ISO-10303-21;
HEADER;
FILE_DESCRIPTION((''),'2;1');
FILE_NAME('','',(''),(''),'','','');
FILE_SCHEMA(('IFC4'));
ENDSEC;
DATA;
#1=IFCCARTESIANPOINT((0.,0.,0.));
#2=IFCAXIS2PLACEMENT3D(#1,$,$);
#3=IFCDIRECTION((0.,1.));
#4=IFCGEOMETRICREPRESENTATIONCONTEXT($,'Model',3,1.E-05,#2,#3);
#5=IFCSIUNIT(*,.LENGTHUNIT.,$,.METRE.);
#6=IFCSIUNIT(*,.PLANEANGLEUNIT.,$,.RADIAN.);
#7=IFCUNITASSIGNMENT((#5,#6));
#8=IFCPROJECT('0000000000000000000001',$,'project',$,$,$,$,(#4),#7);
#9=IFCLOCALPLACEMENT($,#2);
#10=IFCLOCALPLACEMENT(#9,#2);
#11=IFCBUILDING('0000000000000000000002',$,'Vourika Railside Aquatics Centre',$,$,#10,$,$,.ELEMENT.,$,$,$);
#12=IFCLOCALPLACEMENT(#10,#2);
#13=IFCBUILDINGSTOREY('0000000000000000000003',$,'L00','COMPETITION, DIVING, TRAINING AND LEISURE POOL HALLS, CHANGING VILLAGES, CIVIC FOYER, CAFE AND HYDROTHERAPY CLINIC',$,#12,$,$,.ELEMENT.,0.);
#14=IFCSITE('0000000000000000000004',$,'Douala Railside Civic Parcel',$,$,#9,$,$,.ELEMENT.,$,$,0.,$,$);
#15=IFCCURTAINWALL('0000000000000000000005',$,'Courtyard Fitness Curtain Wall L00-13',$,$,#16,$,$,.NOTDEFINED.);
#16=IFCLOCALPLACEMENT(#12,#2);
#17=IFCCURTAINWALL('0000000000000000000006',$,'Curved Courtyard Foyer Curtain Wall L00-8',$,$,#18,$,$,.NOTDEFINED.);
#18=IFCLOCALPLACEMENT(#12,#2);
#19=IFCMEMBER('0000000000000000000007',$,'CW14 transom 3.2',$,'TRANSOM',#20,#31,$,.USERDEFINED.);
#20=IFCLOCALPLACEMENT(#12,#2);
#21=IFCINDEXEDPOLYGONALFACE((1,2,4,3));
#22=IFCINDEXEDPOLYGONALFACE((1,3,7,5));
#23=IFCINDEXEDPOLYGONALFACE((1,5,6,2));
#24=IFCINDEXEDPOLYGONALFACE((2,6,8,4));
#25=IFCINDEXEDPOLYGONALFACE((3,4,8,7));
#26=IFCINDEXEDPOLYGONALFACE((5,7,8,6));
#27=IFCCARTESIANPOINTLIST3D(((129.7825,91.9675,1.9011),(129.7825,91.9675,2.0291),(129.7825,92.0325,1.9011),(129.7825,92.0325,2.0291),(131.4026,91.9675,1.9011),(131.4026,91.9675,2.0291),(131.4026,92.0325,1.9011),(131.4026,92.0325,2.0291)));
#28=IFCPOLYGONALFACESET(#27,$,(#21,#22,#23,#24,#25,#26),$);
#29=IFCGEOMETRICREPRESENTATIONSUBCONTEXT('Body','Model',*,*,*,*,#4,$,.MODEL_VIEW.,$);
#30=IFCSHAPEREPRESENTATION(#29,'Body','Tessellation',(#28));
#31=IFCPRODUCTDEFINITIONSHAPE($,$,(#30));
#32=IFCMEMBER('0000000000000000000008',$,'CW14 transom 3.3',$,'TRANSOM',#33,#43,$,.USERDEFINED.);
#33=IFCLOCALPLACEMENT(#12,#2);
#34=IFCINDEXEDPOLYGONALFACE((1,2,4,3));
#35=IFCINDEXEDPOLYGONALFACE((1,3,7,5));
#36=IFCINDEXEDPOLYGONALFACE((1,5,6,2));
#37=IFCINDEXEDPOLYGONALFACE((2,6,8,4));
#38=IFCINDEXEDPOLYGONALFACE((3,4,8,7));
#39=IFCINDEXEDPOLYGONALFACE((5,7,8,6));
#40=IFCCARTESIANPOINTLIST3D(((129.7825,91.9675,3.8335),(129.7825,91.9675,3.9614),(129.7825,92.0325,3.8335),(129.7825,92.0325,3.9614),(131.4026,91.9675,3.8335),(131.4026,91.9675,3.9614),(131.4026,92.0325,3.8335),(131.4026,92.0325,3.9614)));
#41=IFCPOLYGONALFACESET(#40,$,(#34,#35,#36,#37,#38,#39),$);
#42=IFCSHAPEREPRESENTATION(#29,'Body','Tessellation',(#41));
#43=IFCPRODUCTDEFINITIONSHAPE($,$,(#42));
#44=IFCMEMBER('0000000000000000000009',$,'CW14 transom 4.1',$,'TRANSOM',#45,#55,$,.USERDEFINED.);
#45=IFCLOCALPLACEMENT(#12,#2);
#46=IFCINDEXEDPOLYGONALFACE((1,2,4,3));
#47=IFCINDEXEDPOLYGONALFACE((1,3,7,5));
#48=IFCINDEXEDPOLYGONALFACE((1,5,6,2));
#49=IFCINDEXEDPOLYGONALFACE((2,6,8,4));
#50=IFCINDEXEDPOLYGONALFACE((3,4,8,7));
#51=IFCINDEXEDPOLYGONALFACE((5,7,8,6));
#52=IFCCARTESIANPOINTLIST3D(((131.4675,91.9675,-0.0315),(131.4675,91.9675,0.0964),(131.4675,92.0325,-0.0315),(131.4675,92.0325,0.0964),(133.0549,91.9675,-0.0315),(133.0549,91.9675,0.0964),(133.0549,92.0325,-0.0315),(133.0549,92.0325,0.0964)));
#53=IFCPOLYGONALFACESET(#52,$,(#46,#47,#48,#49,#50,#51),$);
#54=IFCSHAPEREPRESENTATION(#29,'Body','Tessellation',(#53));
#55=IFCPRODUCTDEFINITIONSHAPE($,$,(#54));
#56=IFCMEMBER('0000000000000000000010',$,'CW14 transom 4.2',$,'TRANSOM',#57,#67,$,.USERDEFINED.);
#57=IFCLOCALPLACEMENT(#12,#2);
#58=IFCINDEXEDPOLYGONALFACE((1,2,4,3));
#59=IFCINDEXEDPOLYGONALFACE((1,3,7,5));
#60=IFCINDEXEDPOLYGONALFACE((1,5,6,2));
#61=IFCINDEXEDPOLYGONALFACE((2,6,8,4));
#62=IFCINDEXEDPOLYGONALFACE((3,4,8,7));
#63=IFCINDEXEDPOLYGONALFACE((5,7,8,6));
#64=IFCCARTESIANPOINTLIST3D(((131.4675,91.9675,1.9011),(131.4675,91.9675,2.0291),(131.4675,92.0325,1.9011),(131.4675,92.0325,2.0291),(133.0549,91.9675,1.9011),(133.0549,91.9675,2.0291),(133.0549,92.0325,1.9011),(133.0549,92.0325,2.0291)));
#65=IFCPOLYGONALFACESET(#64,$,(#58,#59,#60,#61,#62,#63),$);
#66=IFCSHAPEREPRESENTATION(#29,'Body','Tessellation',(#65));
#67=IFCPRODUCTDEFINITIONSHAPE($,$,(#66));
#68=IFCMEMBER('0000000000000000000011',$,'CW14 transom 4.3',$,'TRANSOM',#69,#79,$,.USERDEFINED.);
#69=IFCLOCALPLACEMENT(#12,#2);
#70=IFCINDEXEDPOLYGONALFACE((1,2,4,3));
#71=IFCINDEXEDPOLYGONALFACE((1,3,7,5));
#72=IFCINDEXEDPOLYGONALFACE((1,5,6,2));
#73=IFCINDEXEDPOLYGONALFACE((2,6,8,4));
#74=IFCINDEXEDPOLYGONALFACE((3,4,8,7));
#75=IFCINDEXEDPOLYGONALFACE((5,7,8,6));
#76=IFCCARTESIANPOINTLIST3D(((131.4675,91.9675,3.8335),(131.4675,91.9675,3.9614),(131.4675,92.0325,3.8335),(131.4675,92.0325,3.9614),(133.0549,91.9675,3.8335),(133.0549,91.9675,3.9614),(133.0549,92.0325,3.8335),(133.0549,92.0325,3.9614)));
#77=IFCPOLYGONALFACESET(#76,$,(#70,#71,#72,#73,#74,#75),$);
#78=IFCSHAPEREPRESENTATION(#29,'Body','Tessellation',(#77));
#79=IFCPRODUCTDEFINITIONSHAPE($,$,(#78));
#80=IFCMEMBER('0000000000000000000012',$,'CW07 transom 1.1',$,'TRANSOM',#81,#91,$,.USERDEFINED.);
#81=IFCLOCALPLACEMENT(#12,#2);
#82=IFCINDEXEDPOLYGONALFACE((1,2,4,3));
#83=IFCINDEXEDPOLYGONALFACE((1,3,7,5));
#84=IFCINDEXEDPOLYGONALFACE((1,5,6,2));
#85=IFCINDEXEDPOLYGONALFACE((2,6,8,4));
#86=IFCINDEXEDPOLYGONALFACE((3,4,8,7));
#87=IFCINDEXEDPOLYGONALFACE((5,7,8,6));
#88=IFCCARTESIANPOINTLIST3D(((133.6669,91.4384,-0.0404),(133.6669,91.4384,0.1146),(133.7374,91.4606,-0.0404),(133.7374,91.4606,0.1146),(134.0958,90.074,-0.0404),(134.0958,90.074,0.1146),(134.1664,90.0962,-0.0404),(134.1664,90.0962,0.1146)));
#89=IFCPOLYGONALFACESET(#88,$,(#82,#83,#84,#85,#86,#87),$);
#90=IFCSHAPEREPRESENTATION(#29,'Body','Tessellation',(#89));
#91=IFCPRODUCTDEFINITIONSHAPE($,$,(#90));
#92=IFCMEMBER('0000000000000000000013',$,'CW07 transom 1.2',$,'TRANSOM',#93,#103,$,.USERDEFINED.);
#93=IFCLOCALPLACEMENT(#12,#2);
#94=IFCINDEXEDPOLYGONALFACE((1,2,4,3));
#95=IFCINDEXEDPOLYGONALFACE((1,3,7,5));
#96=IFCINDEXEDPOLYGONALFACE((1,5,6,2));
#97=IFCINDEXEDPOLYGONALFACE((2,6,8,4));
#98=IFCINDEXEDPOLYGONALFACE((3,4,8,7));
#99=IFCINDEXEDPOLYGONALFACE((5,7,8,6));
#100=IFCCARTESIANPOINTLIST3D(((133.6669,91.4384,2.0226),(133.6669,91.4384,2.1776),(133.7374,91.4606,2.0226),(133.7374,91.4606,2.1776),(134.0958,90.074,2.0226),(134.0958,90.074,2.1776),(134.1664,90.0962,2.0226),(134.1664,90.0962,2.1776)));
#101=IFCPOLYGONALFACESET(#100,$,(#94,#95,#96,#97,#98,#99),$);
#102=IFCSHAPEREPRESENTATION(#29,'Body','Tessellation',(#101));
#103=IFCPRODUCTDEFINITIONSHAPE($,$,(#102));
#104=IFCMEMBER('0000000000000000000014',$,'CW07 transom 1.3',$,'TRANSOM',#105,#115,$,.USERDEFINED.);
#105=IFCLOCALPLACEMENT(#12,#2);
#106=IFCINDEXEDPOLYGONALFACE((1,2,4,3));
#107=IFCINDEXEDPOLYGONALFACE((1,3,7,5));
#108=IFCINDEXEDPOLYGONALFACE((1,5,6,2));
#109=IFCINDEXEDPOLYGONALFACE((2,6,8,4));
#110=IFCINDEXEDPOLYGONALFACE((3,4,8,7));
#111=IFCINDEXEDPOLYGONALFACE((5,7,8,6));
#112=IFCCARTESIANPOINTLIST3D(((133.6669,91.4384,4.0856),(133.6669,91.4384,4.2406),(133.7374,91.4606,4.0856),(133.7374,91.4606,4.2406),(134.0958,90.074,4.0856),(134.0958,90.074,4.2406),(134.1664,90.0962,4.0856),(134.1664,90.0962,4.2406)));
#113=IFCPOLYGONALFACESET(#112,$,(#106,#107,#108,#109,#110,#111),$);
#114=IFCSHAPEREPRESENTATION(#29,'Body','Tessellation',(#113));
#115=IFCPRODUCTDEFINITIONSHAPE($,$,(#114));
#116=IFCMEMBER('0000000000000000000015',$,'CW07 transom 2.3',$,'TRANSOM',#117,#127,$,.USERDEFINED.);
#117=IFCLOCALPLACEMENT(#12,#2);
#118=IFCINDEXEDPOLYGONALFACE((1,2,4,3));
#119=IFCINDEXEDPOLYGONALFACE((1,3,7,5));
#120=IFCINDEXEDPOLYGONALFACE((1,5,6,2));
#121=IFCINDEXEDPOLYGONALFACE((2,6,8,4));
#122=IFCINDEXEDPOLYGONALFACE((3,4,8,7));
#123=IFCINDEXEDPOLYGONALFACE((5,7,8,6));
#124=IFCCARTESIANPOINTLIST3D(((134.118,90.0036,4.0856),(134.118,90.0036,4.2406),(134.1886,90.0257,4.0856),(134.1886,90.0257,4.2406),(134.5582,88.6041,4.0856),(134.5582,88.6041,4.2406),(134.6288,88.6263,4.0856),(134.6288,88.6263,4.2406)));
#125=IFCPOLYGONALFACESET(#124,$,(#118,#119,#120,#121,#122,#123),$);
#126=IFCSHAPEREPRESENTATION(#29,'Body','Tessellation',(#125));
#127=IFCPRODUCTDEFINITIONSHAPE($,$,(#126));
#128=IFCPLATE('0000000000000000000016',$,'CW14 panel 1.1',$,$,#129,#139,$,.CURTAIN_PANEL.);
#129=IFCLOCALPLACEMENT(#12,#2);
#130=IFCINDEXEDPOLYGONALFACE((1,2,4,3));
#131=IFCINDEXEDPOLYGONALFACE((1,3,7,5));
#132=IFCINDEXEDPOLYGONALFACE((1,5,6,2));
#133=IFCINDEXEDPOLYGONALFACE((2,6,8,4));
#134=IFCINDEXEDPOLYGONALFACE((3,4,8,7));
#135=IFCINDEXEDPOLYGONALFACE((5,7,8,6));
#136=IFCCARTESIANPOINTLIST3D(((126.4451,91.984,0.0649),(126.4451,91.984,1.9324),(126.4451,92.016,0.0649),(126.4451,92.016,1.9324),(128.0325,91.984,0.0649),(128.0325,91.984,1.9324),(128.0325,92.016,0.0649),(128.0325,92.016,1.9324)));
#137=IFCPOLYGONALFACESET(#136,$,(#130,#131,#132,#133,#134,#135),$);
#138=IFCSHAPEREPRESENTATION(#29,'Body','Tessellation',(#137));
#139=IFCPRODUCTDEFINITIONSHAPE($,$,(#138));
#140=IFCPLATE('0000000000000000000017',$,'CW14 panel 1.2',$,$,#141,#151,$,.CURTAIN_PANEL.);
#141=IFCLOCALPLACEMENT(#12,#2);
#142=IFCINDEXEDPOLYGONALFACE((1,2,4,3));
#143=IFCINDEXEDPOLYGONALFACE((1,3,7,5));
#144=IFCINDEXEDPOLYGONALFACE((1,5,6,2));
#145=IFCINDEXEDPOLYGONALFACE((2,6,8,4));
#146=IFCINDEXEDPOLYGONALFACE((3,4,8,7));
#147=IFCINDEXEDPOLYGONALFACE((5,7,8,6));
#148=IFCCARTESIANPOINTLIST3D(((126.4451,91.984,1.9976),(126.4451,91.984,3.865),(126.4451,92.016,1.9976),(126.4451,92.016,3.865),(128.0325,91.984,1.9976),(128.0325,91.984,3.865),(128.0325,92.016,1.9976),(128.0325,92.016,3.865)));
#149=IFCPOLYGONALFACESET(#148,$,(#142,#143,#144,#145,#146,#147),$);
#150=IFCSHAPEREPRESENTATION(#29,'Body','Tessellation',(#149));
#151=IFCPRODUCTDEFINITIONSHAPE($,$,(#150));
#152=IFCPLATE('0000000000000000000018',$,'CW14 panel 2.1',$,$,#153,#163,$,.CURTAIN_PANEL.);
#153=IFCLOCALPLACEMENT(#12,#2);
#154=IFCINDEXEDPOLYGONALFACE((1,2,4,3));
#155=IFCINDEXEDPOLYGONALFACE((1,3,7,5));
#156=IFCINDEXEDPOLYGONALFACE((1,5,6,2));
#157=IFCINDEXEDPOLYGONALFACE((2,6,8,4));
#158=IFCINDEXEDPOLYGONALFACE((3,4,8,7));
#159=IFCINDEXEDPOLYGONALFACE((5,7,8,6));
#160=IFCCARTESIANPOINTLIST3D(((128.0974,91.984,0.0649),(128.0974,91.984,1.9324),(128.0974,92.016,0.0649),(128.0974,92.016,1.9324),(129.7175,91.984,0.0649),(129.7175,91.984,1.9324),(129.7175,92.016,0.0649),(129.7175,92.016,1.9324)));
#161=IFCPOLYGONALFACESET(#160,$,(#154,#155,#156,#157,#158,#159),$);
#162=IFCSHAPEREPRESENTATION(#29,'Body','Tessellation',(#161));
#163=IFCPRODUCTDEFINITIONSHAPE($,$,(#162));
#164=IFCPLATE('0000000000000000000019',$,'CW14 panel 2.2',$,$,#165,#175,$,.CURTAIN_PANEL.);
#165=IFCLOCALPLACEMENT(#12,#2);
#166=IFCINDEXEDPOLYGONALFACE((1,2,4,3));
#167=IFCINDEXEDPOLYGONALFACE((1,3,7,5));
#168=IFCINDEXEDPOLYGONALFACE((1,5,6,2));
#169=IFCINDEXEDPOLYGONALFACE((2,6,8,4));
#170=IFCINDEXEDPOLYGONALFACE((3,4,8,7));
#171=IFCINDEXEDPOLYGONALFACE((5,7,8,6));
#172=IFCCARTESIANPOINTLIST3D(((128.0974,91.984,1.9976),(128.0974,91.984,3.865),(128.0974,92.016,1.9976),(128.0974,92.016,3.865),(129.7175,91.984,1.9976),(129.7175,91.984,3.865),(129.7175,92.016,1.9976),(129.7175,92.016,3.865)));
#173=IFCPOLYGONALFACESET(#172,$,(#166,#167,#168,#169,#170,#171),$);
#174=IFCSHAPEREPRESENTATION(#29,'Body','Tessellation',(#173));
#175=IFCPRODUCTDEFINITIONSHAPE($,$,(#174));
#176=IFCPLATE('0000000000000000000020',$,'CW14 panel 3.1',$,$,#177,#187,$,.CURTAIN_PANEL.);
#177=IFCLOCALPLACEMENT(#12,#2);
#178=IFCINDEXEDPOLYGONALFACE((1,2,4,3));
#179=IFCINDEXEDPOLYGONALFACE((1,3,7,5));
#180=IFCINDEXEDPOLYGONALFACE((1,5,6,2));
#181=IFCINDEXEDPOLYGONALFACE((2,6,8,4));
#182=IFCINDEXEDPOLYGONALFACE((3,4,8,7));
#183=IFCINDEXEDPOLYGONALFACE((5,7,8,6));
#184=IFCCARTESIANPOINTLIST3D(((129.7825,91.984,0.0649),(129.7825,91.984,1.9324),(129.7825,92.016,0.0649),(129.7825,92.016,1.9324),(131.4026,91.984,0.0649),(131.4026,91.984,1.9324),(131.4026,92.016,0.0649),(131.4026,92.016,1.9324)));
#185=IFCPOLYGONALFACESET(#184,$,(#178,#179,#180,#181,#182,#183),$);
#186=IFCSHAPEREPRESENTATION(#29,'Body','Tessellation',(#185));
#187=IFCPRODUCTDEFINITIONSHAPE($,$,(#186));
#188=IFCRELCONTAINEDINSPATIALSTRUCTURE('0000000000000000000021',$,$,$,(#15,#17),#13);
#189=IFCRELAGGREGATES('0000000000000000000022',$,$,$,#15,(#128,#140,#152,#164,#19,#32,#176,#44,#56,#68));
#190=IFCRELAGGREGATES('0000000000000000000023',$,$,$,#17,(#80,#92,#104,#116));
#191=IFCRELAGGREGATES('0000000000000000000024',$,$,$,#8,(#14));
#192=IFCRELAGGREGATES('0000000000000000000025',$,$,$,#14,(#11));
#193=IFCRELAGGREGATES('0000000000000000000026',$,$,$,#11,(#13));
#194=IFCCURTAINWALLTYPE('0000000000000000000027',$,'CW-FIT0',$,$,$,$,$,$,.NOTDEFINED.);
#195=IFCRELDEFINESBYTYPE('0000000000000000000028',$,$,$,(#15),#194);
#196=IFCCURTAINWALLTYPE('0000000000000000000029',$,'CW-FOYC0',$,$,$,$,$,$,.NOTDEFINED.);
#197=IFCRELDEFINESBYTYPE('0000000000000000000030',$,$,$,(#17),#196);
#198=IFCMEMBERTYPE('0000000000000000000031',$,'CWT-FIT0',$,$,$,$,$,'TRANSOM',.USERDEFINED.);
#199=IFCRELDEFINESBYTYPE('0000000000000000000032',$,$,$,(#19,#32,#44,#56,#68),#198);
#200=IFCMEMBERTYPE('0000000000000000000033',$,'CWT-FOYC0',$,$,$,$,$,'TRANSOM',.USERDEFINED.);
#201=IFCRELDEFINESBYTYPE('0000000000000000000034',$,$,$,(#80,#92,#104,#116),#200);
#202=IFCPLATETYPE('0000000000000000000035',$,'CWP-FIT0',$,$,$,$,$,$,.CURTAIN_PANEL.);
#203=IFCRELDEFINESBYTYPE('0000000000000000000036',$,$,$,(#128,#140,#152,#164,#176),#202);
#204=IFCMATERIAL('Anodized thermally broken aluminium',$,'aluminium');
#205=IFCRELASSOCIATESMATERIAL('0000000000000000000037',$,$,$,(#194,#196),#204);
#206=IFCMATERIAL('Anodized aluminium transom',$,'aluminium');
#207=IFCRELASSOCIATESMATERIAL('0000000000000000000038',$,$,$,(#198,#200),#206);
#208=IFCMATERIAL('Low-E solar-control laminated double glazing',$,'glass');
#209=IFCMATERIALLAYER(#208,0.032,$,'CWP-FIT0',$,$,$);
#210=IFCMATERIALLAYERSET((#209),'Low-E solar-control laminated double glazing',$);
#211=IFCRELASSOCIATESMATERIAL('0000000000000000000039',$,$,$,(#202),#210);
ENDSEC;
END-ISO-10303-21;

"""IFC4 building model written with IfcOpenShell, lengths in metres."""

from ifc_helpers import new_model, si_unit, direction, frame, origin, origin_2d, place, context, subcontext, project, spatial, rectangle, extrude, material, layer, layer_set, material_profile, profile_set, type_object, element, aggregate, save


model = new_model("IFC4")

# Units and contexts
model_context = context("Model", 3, precision=1e-05, world=origin(), true_north=direction((0.0, 1.0)))
body_context = subcontext(model_context, "Body", "Model", "MODEL_VIEW")
ifc_project = project(units=[si_unit("LENGTHUNIT", "METRE"), si_unit("PLANEANGLEUNIT", "RADIAN")], contexts=[model_context])

# Site, building, storey
site_placement = place(None, origin())
site = spatial("IfcSite", under=ifc_project, at=site_placement, Name="Douala Railside Civic Parcel", CompositionType="ELEMENT", RefElevation=0.0)
building_placement = place(site_placement, origin())
building = spatial("IfcBuilding", under=site, at=building_placement, Name="Vourika Railside Aquatics Centre", CompositionType="ELEMENT")
storey_placement = place(building_placement, origin())
storey = spatial("IfcBuildingStorey", under=building, at=storey_placement, Name="L00", Description="COMPETITION, DIVING, TRAINING AND LEISURE POOL HALLS, CHANGING VILLAGES, CIVIC FOYER, CAFE AND HYDROTHERAPY CLINIC", CompositionType="ELEMENT", Elevation=0.0)

# Curtain walls
ifc_material_1 = material(Name="Anodized thermally broken aluminium", Category="aluminium")
curtain_wall_type_1 = type_object("IfcCurtainWallType", Name="CW-FIT0", PredefinedType="NOTDEFINED", material=ifc_material_1)
curtain_wall_1_placement = place(storey_placement, origin())
curtain_wall_1 = element("IfcCurtainWall", 1, at=curtain_wall_1_placement, inside=storey, type_object=curtain_wall_type_1, Name="Courtyard Fitness Curtain Wall L00-13", PredefinedType="NOTDEFINED")
curtain_wall_type_2 = type_object("IfcCurtainWallType", Name="CW-FOYC0", PredefinedType="NOTDEFINED", material=ifc_material_1)
curtain_wall_2_placement = place(storey_placement, origin())
curtain_wall_2 = element("IfcCurtainWall", 2, at=curtain_wall_2_placement, inside=storey, type_object=curtain_wall_type_2, Name="Curved Courtyard Foyer Curtain Wall L00-8", PredefinedType="NOTDEFINED")

# Members
ifc_material_2 = material(Name="Anodized aluminium transom", Category="aluminium")
ifc_material_profile_1 = material_profile(ifc_material_2, rectangle(XDim=0.0649, YDim=0.1279, at=origin_2d()), Name="ALU-T 65x128")
ifc_profile_set_1 = profile_set([ifc_material_profile_1], Name="Anodized aluminium transom")
member_type_1 = type_object("IfcMemberType", Name="CWT-FIT0", ElementType="TRANSOM", PredefinedType="USERDEFINED", material=ifc_profile_set_1)
member_1_placement = place(storey_placement, frame((129.7825, 92.0, 1.9651), z_axis=(1.0, 0.0, 0.0), x_axis=(0.0, 1.0, 0.0)))
member_1 = element("IfcMember", 3, at=member_1_placement, type_object=member_type_1, Name="CW14 transom 3.2", ObjectType="TRANSOM", PredefinedType="USERDEFINED", context=body_context, shape_type="SweptSolid", body=[
    extrude(rectangle(XDim=0.0649, YDim=0.1279, at=origin_2d()), origin(), (0.0, 0.0, 1.0), 1.6201),
])
member_2_placement = place(storey_placement, frame((129.7825, 92.0, 3.8975), z_axis=(1.0, 0.0, 0.0), x_axis=(0.0, 1.0, 0.0)))
member_2 = element("IfcMember", 4, at=member_2_placement, type_object=member_type_1, Name="CW14 transom 3.3", ObjectType="TRANSOM", PredefinedType="USERDEFINED", context=body_context, shape_type="SweptSolid", body=[
    extrude(rectangle(XDim=0.0649, YDim=0.1279, at=origin_2d()), origin(), (0.0, 0.0, 1.0), 1.6201),
])
member_3_placement = place(storey_placement, frame((131.4675, 92.0, 0.0325), z_axis=(1.0, 0.0, 0.0), x_axis=(0.0, 1.0, 0.0)))
member_3 = element("IfcMember", 5, at=member_3_placement, type_object=member_type_1, Name="CW14 transom 4.1", ObjectType="TRANSOM", PredefinedType="USERDEFINED", context=body_context, shape_type="SweptSolid", body=[
    extrude(rectangle(XDim=0.0649, YDim=0.1279, at=origin_2d()), origin(), (0.0, 0.0, 1.0), 1.5874),
])
member_4_placement = place(storey_placement, frame((131.4675, 92.0, 1.9651), z_axis=(1.0, 0.0, 0.0), x_axis=(0.0, 1.0, 0.0)))
member_4 = element("IfcMember", 6, at=member_4_placement, type_object=member_type_1, Name="CW14 transom 4.2", ObjectType="TRANSOM", PredefinedType="USERDEFINED", context=body_context, shape_type="SweptSolid", body=[
    extrude(rectangle(XDim=0.0649, YDim=0.1279, at=origin_2d()), origin(), (0.0, 0.0, 1.0), 1.5874),
])
member_5_placement = place(storey_placement, frame((131.4675, 92.0, 3.8975), z_axis=(1.0, 0.0, 0.0), x_axis=(0.0, 1.0, 0.0)))
member_5 = element("IfcMember", 7, at=member_5_placement, type_object=member_type_1, Name="CW14 transom 4.3", ObjectType="TRANSOM", PredefinedType="USERDEFINED", context=body_context, shape_type="SweptSolid", body=[
    extrude(rectangle(XDim=0.0649, YDim=0.1279, at=origin_2d()), origin(), (0.0, 0.0, 1.0), 1.5874),
])
ifc_material_profile_2 = material_profile(ifc_material_2, rectangle(XDim=0.074, YDim=0.155, at=origin_2d()), Name="ALU-T 74x155")
ifc_profile_set_2 = profile_set([ifc_material_profile_2], Name="Anodized aluminium transom")
member_type_2 = type_object("IfcMemberType", Name="CWT-FOYC0", ElementType="TRANSOM", PredefinedType="USERDEFINED", material=ifc_profile_set_2)
member_6_placement = place(storey_placement, frame((133.7021, 91.4495, 0.0371), z_axis=(0.299946, -0.953956, 0.0), x_axis=(0.953956, 0.299946, 0.0)))
member_6 = element("IfcMember", 8, at=member_6_placement, type_object=member_type_2, Name="CW07 transom 1.1", ObjectType="TRANSOM", PredefinedType="USERDEFINED", context=body_context, shape_type="SweptSolid", body=[
    extrude(rectangle(XDim=0.074, YDim=0.155, at=origin_2d()), origin(), (0.0, 0.0, 1.0), 1.4302),
])
member_7_placement = place(storey_placement, frame((133.7021, 91.4495, 2.1001), z_axis=(0.299946, -0.953956, 0.0), x_axis=(0.953956, 0.299946, 0.0)))
member_7 = element("IfcMember", 9, at=member_7_placement, type_object=member_type_2, Name="CW07 transom 1.2", ObjectType="TRANSOM", PredefinedType="USERDEFINED", context=body_context, shape_type="SweptSolid", body=[
    extrude(rectangle(XDim=0.074, YDim=0.155, at=origin_2d()), origin(), (0.0, 0.0, 1.0), 1.4302),
])
member_8_placement = place(storey_placement, frame((133.7021, 91.4495, 4.1631), z_axis=(0.299946, -0.953956, 0.0), x_axis=(0.953956, 0.299946, 0.0)))
member_8 = element("IfcMember", 10, at=member_8_placement, type_object=member_type_2, Name="CW07 transom 1.3", ObjectType="TRANSOM", PredefinedType="USERDEFINED", context=body_context, shape_type="SweptSolid", body=[
    extrude(rectangle(XDim=0.074, YDim=0.155, at=origin_2d()), origin(), (0.0, 0.0, 1.0), 1.4302),
])
member_9_placement = place(storey_placement, frame((134.1533, 90.0146, 4.1631), z_axis=(0.300056, -0.953922, 0.0), x_axis=(0.953922, 0.300056, 0.0)))
member_9 = element("IfcMember", 11, at=member_9_placement, type_object=member_type_2, Name="CW07 transom 2.3", ObjectType="TRANSOM", PredefinedType="USERDEFINED", context=body_context, shape_type="SweptSolid", body=[
    extrude(rectangle(XDim=0.074, YDim=0.155, at=origin_2d()), origin(), (0.0, 0.0, 1.0), 1.467),
])

# Plates
ifc_material_3 = material(Name="Low-E solar-control laminated double glazing", Category="glass")
ifc_layer_1 = layer(ifc_material_3, 0.032, Name="CWP-FIT0")
ifc_layer_set_1 = layer_set([ifc_layer_1], Name="Low-E solar-control laminated double glazing")
plate_type_1 = type_object("IfcPlateType", Name="CWP-FIT0", PredefinedType="CURTAIN_PANEL", material=ifc_layer_set_1)
plate_1_placement = place(storey_placement, frame((127.2388, 92.0, 0.0649), z_axis=(0.0, 0.0, 1.0), x_axis=(1.0, 0.0, 0.0)))
plate_1 = element("IfcPlate", 12, at=plate_1_placement, type_object=plate_type_1, Name="CW14 panel 1.1", PredefinedType="CURTAIN_PANEL", context=body_context, shape_type="SweptSolid", body=[
    extrude(rectangle(XDim=1.5874, YDim=0.032, at=origin_2d()), origin(), (0.0, 0.0, 1.0), 1.8674),
])
plate_2_placement = place(storey_placement, frame((127.2388, 92.0, 1.9976), z_axis=(0.0, 0.0, 1.0), x_axis=(1.0, 0.0, 0.0)))
plate_2 = element("IfcPlate", 13, at=plate_2_placement, type_object=plate_type_1, Name="CW14 panel 1.2", PredefinedType="CURTAIN_PANEL", context=body_context, shape_type="SweptSolid", body=[
    extrude(rectangle(XDim=1.5874, YDim=0.032, at=origin_2d()), origin(), (0.0, 0.0, 1.0), 1.8674),
])
plate_3_placement = place(storey_placement, frame((128.9075, 92.0, 0.0649), z_axis=(0.0, 0.0, 1.0), x_axis=(1.0, 0.0, 0.0)))
plate_3 = element("IfcPlate", 14, at=plate_3_placement, type_object=plate_type_1, Name="CW14 panel 2.1", PredefinedType="CURTAIN_PANEL", context=body_context, shape_type="SweptSolid", body=[
    extrude(rectangle(XDim=1.6201, YDim=0.032, at=origin_2d()), origin(), (0.0, 0.0, 1.0), 1.8674),
])
plate_4_placement = place(storey_placement, frame((128.9075, 92.0, 1.9976), z_axis=(0.0, 0.0, 1.0), x_axis=(1.0, 0.0, 0.0)))
plate_4 = element("IfcPlate", 15, at=plate_4_placement, type_object=plate_type_1, Name="CW14 panel 2.2", PredefinedType="CURTAIN_PANEL", context=body_context, shape_type="SweptSolid", body=[
    extrude(rectangle(XDim=1.6201, YDim=0.032, at=origin_2d()), origin(), (0.0, 0.0, 1.0), 1.8674),
])
plate_5_placement = place(storey_placement, frame((130.5925, 92.0, 0.0649), z_axis=(0.0, 0.0, 1.0), x_axis=(1.0, 0.0, 0.0)))
plate_5 = element("IfcPlate", 16, at=plate_5_placement, type_object=plate_type_1, Name="CW14 panel 3.1", PredefinedType="CURTAIN_PANEL", context=body_context, shape_type="SweptSolid", body=[
    extrude(rectangle(XDim=1.6201, YDim=0.032, at=origin_2d()), origin(), (0.0, 0.0, 1.0), 1.8674),
])
aggregate(curtain_wall_1, [plate_1, plate_2, plate_3, plate_4, member_1, member_2, plate_5, member_3, member_4, member_5])
aggregate(curtain_wall_2, [member_6, member_7, member_8, member_9])

save(model, "model.ifc")
